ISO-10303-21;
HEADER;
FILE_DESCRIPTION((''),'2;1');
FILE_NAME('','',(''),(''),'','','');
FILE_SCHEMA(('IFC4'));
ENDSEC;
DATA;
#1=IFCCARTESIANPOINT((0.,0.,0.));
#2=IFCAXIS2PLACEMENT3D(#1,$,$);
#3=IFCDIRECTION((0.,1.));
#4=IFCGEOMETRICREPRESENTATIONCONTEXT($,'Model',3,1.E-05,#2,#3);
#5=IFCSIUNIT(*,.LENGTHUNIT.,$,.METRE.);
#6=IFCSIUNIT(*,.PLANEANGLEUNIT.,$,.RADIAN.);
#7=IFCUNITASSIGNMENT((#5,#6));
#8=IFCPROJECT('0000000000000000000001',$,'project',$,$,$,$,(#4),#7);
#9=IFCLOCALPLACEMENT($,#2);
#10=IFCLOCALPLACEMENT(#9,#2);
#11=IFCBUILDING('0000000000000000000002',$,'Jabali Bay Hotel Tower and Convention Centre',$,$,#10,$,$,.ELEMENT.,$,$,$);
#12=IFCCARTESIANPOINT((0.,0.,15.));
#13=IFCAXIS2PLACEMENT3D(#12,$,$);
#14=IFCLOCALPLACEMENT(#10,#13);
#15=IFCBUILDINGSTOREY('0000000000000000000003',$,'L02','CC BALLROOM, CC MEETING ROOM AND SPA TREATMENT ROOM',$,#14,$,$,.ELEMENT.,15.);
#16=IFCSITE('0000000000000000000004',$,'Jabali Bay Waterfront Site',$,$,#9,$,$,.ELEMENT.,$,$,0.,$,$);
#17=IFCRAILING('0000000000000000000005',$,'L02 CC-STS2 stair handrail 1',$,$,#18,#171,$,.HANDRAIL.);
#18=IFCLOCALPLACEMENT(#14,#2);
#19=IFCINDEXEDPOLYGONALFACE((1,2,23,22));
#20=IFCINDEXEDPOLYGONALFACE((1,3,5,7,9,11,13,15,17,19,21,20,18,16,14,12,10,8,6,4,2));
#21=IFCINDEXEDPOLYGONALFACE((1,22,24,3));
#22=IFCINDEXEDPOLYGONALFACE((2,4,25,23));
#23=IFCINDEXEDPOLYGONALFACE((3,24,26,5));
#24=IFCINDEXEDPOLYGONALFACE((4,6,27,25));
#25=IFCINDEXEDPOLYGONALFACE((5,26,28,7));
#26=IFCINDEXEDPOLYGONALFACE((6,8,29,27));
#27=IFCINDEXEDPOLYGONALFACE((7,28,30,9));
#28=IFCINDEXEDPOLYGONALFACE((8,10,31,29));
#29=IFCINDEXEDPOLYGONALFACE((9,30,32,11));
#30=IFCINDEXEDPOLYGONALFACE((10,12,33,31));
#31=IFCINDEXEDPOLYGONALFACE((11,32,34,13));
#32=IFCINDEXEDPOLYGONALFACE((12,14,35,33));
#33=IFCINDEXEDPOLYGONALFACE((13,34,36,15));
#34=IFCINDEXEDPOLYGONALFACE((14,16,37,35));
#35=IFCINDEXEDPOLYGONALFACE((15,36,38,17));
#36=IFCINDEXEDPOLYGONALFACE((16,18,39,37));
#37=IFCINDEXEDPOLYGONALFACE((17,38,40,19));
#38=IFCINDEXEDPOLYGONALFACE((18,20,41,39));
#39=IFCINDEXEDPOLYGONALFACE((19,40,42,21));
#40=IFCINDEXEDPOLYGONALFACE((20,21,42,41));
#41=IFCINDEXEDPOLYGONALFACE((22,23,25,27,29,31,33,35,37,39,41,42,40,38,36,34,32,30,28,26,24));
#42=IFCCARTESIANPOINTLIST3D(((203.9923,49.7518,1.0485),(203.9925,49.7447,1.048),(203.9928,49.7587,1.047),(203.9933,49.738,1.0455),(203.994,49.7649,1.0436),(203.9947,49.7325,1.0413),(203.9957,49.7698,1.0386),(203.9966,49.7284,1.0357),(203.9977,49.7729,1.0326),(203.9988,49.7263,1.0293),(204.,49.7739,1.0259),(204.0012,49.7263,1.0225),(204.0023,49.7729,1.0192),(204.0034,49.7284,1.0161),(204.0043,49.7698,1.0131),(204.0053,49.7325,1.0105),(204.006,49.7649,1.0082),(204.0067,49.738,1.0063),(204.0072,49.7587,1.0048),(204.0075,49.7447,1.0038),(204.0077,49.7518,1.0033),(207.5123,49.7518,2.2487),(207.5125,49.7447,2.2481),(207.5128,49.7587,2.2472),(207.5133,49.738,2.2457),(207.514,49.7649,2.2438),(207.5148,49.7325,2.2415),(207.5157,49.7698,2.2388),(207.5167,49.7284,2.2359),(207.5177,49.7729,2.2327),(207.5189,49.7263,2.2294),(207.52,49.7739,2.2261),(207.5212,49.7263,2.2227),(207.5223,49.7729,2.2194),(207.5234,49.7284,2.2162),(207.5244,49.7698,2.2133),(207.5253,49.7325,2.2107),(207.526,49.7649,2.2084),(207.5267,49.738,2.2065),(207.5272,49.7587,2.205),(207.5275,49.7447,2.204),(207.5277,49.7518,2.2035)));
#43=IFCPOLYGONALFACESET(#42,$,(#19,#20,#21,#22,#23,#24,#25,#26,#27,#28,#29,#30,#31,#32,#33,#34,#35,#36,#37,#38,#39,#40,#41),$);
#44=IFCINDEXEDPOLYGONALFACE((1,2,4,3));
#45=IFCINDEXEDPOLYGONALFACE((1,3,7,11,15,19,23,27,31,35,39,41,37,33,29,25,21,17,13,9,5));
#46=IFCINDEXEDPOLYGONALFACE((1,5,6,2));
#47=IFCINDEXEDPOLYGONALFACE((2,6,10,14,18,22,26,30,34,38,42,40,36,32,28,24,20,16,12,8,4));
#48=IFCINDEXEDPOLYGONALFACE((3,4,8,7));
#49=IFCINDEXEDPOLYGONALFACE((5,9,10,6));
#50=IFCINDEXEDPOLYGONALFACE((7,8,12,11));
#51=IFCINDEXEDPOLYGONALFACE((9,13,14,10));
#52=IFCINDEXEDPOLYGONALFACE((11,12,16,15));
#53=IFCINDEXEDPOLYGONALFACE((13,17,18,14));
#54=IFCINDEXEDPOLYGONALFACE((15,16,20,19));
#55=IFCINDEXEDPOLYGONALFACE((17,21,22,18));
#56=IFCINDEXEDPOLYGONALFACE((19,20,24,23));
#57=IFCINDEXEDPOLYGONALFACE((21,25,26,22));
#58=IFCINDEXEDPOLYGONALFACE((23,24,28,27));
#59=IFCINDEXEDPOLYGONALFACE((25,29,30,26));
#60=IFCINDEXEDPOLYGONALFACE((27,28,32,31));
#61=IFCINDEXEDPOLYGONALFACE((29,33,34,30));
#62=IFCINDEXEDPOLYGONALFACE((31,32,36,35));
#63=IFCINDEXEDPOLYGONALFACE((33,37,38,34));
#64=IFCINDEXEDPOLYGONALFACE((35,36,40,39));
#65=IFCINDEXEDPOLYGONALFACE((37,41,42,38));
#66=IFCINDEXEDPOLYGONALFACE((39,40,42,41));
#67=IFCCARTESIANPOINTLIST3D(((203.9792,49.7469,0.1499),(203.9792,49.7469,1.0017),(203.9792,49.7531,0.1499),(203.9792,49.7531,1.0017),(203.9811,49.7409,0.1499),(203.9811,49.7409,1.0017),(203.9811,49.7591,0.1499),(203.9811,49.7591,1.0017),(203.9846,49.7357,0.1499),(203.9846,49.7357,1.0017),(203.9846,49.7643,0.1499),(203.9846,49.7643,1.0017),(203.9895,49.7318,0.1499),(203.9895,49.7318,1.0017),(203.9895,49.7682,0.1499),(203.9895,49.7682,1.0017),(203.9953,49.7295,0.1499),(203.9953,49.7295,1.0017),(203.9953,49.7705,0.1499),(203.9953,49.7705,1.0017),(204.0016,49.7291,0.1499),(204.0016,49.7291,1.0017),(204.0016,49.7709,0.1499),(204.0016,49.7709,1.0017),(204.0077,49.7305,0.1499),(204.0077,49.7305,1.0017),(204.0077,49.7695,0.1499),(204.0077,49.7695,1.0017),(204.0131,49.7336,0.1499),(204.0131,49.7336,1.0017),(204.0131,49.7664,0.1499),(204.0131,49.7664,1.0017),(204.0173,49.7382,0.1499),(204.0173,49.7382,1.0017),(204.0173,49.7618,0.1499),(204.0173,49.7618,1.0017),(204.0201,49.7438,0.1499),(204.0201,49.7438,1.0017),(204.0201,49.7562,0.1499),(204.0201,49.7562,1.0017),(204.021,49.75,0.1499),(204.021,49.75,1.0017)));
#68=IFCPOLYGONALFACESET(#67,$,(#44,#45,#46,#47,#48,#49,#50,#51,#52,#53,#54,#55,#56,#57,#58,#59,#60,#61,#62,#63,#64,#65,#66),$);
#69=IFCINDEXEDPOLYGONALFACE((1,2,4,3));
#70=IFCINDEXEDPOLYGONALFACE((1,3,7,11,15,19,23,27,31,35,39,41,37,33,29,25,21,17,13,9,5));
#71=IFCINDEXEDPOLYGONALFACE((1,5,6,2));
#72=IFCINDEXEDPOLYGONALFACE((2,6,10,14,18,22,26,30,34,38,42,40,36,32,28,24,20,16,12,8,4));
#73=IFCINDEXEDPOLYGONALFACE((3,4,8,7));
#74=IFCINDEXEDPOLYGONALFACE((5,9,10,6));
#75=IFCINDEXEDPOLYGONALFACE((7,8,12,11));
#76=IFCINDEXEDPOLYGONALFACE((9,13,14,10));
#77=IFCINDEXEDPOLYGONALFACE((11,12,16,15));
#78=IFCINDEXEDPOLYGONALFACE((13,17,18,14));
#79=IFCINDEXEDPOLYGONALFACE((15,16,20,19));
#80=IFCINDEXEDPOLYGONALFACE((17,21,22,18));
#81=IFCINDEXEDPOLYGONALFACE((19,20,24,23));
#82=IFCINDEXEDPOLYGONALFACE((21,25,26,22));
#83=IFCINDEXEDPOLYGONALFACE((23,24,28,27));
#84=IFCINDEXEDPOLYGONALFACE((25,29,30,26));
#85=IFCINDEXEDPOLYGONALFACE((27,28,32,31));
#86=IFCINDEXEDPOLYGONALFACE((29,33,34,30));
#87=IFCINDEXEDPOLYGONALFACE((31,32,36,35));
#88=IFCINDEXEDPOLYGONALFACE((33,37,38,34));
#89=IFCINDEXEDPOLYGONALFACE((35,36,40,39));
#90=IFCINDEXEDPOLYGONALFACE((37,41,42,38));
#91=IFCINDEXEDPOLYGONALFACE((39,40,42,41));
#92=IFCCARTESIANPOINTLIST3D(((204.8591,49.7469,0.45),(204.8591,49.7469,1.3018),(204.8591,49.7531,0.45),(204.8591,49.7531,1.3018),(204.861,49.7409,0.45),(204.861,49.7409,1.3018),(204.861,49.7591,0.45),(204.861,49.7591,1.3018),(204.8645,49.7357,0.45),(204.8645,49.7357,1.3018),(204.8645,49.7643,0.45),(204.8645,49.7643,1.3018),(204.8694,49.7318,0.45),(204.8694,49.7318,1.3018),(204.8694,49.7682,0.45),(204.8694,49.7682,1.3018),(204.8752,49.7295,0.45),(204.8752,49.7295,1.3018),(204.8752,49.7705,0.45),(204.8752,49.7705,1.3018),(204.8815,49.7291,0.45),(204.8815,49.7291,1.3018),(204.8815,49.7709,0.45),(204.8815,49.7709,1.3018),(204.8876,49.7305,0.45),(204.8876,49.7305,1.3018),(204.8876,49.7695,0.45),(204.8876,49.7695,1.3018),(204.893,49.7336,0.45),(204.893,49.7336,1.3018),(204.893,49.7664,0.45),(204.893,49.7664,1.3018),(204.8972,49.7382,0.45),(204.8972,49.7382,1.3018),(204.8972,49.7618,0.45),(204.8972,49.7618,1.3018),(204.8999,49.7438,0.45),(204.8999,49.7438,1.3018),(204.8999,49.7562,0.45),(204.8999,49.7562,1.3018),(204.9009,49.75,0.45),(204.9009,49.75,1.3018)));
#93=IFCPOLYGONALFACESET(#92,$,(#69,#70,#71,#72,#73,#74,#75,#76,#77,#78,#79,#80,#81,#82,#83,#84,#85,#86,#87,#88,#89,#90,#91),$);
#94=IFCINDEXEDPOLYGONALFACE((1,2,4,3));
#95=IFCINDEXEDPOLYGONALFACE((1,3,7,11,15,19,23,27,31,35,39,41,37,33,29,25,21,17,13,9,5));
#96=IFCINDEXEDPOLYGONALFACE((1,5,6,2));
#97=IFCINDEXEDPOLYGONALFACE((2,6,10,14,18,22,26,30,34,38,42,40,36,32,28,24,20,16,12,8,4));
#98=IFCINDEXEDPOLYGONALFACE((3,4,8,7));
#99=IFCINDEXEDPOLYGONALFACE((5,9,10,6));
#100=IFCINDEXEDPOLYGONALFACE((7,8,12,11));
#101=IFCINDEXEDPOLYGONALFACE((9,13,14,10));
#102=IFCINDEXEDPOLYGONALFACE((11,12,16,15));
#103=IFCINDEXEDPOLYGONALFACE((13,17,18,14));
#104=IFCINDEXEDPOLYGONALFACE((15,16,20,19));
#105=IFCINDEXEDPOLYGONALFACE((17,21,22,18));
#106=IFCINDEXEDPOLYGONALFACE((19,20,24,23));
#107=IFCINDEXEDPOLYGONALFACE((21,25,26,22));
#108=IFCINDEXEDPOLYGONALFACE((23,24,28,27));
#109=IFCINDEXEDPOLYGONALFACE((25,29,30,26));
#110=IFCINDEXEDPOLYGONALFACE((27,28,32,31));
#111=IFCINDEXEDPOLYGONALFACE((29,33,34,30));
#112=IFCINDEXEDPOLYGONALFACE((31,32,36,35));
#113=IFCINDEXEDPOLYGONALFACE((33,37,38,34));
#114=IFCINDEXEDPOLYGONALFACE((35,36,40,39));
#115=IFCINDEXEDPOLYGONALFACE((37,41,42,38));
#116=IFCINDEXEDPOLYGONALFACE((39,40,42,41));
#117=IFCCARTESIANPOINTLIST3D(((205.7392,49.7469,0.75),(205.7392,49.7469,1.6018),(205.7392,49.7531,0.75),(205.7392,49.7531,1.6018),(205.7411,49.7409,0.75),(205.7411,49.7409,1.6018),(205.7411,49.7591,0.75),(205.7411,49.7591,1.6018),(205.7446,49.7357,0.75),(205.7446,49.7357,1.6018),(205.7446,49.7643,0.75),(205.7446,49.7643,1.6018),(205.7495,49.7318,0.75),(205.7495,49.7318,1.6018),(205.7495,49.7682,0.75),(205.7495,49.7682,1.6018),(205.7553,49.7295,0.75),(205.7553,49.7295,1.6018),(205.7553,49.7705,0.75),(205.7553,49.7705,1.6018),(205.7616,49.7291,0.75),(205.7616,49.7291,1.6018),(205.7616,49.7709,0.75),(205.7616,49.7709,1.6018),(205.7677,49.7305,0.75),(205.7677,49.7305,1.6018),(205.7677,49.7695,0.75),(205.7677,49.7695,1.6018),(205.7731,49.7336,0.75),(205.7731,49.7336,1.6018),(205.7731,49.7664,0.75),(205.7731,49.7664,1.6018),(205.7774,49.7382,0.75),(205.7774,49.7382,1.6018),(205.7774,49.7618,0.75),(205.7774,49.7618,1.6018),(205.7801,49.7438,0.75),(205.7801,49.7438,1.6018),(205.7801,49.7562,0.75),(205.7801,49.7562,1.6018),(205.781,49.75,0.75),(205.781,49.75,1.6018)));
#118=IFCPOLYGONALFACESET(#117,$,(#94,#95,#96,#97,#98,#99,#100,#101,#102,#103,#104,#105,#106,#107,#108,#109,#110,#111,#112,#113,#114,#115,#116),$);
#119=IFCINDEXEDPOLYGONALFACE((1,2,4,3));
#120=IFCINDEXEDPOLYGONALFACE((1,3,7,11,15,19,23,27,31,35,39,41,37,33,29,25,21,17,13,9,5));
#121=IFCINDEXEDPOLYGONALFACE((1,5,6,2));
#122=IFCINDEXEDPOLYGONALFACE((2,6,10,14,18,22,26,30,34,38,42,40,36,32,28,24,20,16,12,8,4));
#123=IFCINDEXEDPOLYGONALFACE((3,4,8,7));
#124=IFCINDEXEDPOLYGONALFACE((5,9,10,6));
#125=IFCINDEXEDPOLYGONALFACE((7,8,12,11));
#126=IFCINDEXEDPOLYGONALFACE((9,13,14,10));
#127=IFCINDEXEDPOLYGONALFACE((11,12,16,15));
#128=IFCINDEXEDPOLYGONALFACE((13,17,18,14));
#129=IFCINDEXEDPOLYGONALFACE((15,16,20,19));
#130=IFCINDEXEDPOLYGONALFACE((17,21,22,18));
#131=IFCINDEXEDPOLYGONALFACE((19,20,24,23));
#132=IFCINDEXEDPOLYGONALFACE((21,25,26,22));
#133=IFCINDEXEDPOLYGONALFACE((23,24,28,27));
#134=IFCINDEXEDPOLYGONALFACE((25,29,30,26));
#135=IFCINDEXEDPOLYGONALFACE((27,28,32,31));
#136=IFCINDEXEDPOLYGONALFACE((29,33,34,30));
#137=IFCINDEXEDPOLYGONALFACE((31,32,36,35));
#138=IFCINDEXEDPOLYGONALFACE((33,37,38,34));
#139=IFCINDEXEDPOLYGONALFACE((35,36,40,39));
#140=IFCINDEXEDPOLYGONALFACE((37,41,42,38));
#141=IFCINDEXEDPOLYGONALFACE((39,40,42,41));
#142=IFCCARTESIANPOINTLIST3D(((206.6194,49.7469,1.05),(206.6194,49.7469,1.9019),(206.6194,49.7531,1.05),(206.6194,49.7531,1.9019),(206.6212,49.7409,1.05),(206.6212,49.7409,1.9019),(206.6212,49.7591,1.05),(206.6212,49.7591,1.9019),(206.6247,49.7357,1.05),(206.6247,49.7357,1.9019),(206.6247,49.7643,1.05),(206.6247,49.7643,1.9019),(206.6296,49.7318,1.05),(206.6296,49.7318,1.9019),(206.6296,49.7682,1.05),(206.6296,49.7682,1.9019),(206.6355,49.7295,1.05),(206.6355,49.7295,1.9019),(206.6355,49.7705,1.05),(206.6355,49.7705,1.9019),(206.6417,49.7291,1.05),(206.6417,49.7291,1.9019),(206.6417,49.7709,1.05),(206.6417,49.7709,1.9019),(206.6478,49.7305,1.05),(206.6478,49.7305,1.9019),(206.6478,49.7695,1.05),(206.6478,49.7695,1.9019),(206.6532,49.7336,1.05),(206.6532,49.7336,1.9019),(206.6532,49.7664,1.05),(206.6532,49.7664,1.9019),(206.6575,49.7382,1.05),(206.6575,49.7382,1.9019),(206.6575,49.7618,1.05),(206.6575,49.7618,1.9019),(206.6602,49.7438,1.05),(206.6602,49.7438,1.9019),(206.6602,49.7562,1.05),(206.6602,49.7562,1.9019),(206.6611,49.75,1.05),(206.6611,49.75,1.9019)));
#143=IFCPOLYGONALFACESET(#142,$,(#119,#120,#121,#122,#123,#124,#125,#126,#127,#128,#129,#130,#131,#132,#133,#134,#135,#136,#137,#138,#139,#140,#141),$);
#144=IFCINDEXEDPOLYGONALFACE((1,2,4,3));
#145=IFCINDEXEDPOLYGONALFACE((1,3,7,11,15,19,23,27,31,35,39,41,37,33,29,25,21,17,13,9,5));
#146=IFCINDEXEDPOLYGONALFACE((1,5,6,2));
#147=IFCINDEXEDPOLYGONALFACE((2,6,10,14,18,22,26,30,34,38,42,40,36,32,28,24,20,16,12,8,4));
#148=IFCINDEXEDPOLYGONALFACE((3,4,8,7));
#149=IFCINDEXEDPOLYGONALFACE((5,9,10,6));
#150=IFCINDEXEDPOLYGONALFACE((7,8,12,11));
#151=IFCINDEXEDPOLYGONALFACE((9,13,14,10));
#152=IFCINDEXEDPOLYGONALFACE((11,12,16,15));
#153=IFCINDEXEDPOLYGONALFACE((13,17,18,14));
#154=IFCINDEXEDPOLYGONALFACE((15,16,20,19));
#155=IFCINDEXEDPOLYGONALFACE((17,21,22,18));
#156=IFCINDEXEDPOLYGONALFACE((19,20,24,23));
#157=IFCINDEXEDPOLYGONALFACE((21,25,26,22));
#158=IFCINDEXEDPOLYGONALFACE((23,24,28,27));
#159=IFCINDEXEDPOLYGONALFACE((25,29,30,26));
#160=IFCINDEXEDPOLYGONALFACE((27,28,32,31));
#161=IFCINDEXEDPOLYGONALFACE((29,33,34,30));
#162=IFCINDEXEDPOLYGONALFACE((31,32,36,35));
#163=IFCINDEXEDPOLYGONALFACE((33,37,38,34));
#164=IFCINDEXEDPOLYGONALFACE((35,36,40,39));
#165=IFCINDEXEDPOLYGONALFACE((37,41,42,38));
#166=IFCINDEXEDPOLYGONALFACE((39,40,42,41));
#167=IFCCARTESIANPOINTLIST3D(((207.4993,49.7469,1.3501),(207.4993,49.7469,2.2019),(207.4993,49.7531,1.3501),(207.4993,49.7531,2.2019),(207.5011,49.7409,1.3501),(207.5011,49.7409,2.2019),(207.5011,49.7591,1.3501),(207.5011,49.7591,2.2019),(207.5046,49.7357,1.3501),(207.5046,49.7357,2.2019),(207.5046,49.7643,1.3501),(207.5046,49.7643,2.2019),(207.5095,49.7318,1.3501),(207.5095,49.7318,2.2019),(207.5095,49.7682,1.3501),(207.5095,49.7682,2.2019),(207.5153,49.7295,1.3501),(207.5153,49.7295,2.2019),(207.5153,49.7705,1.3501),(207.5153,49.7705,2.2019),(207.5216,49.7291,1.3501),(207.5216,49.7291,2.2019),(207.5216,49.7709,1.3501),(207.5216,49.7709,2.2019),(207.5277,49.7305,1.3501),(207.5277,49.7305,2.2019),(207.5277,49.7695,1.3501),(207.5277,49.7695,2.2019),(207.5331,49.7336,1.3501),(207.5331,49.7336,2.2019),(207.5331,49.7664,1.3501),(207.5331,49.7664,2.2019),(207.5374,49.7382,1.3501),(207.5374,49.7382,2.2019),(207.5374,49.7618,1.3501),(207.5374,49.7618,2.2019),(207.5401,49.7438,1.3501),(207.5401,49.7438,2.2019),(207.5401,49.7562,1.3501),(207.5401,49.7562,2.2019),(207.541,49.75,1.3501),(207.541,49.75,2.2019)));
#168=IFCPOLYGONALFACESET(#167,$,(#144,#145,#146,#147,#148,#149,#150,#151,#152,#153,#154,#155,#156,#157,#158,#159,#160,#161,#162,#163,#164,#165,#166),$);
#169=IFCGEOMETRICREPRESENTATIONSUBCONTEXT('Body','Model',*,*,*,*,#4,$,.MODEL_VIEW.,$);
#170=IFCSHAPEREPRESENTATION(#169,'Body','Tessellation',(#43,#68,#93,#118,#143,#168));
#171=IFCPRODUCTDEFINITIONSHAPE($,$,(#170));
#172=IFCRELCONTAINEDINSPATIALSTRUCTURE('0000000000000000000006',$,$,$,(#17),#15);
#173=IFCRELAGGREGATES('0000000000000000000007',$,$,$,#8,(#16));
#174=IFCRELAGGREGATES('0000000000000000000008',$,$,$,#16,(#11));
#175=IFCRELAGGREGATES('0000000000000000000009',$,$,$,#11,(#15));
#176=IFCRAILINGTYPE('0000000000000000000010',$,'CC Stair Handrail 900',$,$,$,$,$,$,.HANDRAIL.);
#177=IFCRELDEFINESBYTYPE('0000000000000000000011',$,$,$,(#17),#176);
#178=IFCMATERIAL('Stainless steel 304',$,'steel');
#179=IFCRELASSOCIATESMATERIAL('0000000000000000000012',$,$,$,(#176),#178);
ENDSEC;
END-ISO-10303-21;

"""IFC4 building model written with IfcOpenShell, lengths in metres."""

from ifc_helpers import new_model, si_unit, direction, frame, origin, origin_2d, place, context, subcontext, project, spatial, circle, extrude, material, type_object, element, save


model = new_model("IFC4")

# Units and contexts
model_context = context("Model", 3, precision=1e-05, world=origin(), true_north=direction((0.0, 1.0)))
body_context = subcontext(model_context, "Body", "Model", "MODEL_VIEW")
ifc_project = project(units=[si_unit("LENGTHUNIT", "METRE"), si_unit("PLANEANGLEUNIT", "RADIAN")], contexts=[model_context])

# Site, building, storey
site_placement = place(None, origin())
site = spatial("IfcSite", under=ifc_project, at=site_placement, Name="Jabali Bay Waterfront Site", CompositionType="ELEMENT", RefElevation=0.0)
building_placement = place(site_placement, origin())
building = spatial("IfcBuilding", under=site, at=building_placement, Name="Jabali Bay Hotel Tower and Convention Centre", CompositionType="ELEMENT")
storey_placement = place(building_placement, frame((0.0, 0.0, 15.0)))
storey = spatial("IfcBuildingStorey", under=building, at=storey_placement, Name="L02", Description="CC BALLROOM, CC MEETING ROOM AND SPA TREATMENT ROOM", CompositionType="ELEMENT", Elevation=15.0)

# Railing
ifc_material_1 = material(Name="Stainless steel 304", Category="steel")
railing_type_1 = type_object("IfcRailingType", Name="CC Stair Handrail 900", PredefinedType="HANDRAIL", material=ifc_material_1)
railing_1_placement = place(storey_placement, frame((204.0, 49.75, 0.1499)))
element("IfcRailing", 1, at=railing_1_placement, inside=storey, type_object=railing_type_1, Name="L02 CC-STS2 stair handrail 1", PredefinedType="HANDRAIL", context=body_context, shape_type="SweptSolid", body=[
    extrude(circle(Radius=0.0239, at=origin_2d()), frame((0.0, 0.0, 0.876), z_axis=(0.946495, 0.0, 0.322719), x_axis=(0.0, 1.0, 0.0)), (0.0, 0.0, 1.0), 3.719),
    extrude(circle(Radius=0.021, at=origin_2d()), origin(), (0.0, 0.0, 1.0), 0.8518),
    extrude(circle(Radius=0.021, at=origin_2d()), frame((0.8799, 0.0, 0.3)), (0.0, 0.0, 1.0), 0.8518),
    extrude(circle(Radius=0.021, at=origin_2d()), frame((1.76, 0.0, 0.6001)), (0.0, 0.0, 1.0), 0.8518),
    extrude(circle(Radius=0.021, at=origin_2d()), frame((2.6401, 0.0, 0.9001)), (0.0, 0.0, 1.0), 0.8518),
    extrude(circle(Radius=0.021, at=origin_2d()), frame((3.52, 0.0, 1.2002)), (0.0, 0.0, 1.0), 0.8518),
])

save(model, "model.ifc")
